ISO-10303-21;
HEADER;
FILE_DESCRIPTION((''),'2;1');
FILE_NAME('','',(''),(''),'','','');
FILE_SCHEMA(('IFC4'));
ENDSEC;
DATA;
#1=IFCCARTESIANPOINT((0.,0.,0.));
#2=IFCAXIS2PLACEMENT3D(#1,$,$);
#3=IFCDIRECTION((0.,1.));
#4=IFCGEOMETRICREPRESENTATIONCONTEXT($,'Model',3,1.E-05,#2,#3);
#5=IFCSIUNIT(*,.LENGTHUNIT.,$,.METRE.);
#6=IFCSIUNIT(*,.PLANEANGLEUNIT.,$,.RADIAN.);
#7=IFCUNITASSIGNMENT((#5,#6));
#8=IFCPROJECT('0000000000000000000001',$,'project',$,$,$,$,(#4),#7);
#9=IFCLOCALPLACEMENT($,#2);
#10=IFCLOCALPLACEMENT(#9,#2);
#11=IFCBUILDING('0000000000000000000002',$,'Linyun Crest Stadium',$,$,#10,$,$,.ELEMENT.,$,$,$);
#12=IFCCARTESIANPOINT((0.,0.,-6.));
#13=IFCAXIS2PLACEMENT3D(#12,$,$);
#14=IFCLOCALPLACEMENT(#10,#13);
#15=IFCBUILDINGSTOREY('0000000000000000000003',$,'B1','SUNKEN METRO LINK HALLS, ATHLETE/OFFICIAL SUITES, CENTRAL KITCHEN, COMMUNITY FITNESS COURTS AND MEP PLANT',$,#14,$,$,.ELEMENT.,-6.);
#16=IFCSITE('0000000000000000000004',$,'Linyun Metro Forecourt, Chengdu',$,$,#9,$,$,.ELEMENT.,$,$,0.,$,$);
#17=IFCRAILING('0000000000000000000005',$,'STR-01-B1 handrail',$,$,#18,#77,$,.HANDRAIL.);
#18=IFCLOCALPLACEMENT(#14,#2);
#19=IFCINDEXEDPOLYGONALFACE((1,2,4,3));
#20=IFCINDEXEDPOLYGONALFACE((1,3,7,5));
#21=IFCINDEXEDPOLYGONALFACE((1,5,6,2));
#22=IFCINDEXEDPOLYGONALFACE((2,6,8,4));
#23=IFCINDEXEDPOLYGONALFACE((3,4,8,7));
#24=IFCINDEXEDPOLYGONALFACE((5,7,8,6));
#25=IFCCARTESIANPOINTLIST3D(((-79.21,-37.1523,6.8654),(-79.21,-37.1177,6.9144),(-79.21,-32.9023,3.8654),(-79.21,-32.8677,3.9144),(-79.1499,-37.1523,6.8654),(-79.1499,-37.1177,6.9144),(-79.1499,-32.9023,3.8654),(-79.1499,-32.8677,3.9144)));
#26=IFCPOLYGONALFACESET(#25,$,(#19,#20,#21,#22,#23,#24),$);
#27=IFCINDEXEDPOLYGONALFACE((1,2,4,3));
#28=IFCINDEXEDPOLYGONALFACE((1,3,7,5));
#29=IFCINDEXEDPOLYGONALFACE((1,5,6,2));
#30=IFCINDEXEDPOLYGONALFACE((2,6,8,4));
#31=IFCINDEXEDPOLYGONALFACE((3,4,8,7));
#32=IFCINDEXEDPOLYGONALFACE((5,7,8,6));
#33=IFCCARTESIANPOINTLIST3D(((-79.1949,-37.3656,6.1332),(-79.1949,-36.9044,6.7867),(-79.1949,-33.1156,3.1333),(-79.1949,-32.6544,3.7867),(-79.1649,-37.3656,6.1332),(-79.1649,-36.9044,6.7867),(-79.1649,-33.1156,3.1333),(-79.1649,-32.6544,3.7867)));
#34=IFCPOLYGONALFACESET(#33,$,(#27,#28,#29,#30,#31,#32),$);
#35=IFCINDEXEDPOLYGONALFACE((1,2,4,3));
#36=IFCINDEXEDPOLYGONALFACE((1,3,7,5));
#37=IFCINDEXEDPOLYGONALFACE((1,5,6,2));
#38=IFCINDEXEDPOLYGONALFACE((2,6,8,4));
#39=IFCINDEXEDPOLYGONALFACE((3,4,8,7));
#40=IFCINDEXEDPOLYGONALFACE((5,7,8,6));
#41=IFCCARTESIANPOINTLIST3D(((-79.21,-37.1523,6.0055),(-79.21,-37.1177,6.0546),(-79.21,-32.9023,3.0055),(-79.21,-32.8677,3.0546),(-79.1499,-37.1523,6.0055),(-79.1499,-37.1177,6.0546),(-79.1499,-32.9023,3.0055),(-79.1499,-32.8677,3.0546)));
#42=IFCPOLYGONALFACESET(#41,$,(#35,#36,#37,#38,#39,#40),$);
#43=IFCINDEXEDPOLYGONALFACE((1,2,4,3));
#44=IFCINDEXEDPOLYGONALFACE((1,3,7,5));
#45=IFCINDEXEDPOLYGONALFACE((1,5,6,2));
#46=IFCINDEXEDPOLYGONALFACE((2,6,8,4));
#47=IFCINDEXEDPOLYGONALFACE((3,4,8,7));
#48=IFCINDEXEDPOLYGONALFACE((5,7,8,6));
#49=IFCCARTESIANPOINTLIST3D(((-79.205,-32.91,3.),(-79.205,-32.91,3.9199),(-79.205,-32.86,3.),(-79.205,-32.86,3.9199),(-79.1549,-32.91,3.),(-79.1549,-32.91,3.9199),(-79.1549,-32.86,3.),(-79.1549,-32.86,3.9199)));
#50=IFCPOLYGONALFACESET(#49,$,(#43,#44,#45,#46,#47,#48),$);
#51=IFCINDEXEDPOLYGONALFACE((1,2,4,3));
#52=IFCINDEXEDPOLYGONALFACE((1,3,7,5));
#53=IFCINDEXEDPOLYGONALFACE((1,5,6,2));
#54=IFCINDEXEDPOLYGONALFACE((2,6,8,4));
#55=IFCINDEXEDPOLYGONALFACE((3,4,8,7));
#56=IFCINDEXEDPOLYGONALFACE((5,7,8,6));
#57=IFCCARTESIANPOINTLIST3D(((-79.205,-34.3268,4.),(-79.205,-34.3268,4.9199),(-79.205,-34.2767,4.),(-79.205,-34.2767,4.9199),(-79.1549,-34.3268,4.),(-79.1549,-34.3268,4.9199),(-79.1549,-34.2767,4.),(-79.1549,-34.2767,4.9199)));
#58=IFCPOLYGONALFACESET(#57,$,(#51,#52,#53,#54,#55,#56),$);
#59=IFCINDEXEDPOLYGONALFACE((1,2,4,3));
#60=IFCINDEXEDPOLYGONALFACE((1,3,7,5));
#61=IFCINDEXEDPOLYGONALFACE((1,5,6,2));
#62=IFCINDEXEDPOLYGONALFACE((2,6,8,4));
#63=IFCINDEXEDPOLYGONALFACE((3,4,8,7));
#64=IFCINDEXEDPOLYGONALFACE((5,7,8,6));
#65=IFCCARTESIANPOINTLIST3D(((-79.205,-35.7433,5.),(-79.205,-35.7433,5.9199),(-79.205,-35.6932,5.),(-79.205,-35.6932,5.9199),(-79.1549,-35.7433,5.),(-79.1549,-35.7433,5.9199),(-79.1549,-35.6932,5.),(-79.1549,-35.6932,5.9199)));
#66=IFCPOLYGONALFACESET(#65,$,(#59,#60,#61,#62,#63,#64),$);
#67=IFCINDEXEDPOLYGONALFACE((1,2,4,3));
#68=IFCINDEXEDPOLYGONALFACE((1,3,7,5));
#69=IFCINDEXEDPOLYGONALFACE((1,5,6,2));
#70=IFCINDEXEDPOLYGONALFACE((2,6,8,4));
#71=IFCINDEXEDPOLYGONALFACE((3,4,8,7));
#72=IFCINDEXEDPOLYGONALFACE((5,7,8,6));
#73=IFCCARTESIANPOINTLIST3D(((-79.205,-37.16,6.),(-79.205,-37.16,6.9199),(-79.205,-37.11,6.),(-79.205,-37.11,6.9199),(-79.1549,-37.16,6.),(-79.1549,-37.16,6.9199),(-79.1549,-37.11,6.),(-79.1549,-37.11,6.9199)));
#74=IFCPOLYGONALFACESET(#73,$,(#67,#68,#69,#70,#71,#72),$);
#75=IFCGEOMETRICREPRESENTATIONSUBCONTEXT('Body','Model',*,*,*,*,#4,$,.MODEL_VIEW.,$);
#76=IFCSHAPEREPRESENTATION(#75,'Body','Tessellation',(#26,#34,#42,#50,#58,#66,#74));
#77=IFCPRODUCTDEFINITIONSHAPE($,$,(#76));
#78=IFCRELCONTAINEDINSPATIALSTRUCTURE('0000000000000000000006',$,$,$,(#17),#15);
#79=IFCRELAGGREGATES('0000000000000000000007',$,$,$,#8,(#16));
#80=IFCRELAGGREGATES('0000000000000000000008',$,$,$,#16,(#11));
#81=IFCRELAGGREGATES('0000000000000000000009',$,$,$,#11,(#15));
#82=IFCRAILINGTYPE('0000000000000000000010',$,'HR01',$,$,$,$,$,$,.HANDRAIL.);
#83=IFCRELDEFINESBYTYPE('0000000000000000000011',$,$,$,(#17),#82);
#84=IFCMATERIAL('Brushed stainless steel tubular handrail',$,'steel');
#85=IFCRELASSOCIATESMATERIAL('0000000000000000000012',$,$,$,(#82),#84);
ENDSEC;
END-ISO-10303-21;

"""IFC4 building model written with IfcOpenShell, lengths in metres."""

from ifc_helpers import new_model, si_unit, direction, frame, origin, origin_2d, place, context, subcontext, project, spatial, rectangle, extrude, material, type_object, element, save


model = new_model("IFC4")

# Units and contexts
model_context = context("Model", 3, precision=1e-05, world=origin(), true_north=direction((0.0, 1.0)))
body_context = subcontext(model_context, "Body", "Model", "MODEL_VIEW")
ifc_project = project(units=[si_unit("LENGTHUNIT", "METRE"), si_unit("PLANEANGLEUNIT", "RADIAN")], contexts=[model_context])

# Site, building, storey
site_placement = place(None, origin())
site = spatial("IfcSite", under=ifc_project, at=site_placement, Name="Linyun Metro Forecourt, Chengdu", CompositionType="ELEMENT", RefElevation=0.0)
building_placement = place(site_placement, origin())
building = spatial("IfcBuilding", under=site, at=building_placement, Name="Linyun Crest Stadium", CompositionType="ELEMENT")
storey_placement = place(building_placement, frame((0.0, 0.0, -6.0)))
storey = spatial("IfcBuildingStorey", under=building, at=storey_placement, Name="B1", Description="SUNKEN METRO LINK HALLS, ATHLETE/OFFICIAL SUITES, CENTRAL KITCHEN, COMMUNITY FITNESS COURTS AND MEP PLANT", CompositionType="ELEMENT", Elevation=-6.0)

# Railing
ifc_material_1 = material(Name="Brushed stainless steel tubular handrail", Category="steel")
railing_type = type_object("IfcRailingType", Name="HR01", PredefinedType="HANDRAIL", material=ifc_material_1)
railing_placement = place(storey_placement, frame((-79.1799, -32.885, 3.0)))
element("IfcRailing", 1, at=railing_placement, inside=storey, type_object=railing_type, Name="STR-01-B1 handrail", PredefinedType="HANDRAIL", context=body_context, shape_type="SweptSolid", body=[
    extrude(rectangle(XDim=0.0601, YDim=0.0601, at=origin_2d()), frame((0.0, 0.0, 0.8899), z_axis=(0.0, -0.816968, 0.576683), x_axis=(1.0, 0.0, 0.0)), (0.0, 0.0, 1.0), 5.2021),
    extrude(rectangle(XDim=0.03, YDim=0.7998, at=origin_2d()), frame((0.0, 0.0, 0.46), z_axis=(0.0, -0.816968, 0.576683), x_axis=(1.0, 0.0, 0.0)), (0.0, 0.0, 1.0), 5.2021),
    extrude(rectangle(XDim=0.0601, YDim=0.0601, at=origin_2d()), frame((0.0, 0.0, 0.03), z_axis=(0.0, -0.816968, 0.576683), x_axis=(1.0, 0.0, 0.0)), (0.0, 0.0, 1.0), 5.2021),
    extrude(rectangle(XDim=0.05, YDim=0.05, at=origin_2d()), origin(), (0.0, 0.0, 1.0), 0.9199),
    extrude(rectangle(XDim=0.05, YDim=0.05, at=origin_2d()), frame((0.0, -1.4167, 1.0)), (0.0, 0.0, 1.0), 0.9199),
    extrude(rectangle(XDim=0.05, YDim=0.05, at=origin_2d()), frame((0.0, -2.8333, 2.0)), (0.0, 0.0, 1.0), 0.9199),
    extrude(rectangle(XDim=0.05, YDim=0.05, at=origin_2d()), frame((0.0, -4.25, 3.0)), (0.0, 0.0, 1.0), 0.9199),
])

save(model, "model.ifc")
